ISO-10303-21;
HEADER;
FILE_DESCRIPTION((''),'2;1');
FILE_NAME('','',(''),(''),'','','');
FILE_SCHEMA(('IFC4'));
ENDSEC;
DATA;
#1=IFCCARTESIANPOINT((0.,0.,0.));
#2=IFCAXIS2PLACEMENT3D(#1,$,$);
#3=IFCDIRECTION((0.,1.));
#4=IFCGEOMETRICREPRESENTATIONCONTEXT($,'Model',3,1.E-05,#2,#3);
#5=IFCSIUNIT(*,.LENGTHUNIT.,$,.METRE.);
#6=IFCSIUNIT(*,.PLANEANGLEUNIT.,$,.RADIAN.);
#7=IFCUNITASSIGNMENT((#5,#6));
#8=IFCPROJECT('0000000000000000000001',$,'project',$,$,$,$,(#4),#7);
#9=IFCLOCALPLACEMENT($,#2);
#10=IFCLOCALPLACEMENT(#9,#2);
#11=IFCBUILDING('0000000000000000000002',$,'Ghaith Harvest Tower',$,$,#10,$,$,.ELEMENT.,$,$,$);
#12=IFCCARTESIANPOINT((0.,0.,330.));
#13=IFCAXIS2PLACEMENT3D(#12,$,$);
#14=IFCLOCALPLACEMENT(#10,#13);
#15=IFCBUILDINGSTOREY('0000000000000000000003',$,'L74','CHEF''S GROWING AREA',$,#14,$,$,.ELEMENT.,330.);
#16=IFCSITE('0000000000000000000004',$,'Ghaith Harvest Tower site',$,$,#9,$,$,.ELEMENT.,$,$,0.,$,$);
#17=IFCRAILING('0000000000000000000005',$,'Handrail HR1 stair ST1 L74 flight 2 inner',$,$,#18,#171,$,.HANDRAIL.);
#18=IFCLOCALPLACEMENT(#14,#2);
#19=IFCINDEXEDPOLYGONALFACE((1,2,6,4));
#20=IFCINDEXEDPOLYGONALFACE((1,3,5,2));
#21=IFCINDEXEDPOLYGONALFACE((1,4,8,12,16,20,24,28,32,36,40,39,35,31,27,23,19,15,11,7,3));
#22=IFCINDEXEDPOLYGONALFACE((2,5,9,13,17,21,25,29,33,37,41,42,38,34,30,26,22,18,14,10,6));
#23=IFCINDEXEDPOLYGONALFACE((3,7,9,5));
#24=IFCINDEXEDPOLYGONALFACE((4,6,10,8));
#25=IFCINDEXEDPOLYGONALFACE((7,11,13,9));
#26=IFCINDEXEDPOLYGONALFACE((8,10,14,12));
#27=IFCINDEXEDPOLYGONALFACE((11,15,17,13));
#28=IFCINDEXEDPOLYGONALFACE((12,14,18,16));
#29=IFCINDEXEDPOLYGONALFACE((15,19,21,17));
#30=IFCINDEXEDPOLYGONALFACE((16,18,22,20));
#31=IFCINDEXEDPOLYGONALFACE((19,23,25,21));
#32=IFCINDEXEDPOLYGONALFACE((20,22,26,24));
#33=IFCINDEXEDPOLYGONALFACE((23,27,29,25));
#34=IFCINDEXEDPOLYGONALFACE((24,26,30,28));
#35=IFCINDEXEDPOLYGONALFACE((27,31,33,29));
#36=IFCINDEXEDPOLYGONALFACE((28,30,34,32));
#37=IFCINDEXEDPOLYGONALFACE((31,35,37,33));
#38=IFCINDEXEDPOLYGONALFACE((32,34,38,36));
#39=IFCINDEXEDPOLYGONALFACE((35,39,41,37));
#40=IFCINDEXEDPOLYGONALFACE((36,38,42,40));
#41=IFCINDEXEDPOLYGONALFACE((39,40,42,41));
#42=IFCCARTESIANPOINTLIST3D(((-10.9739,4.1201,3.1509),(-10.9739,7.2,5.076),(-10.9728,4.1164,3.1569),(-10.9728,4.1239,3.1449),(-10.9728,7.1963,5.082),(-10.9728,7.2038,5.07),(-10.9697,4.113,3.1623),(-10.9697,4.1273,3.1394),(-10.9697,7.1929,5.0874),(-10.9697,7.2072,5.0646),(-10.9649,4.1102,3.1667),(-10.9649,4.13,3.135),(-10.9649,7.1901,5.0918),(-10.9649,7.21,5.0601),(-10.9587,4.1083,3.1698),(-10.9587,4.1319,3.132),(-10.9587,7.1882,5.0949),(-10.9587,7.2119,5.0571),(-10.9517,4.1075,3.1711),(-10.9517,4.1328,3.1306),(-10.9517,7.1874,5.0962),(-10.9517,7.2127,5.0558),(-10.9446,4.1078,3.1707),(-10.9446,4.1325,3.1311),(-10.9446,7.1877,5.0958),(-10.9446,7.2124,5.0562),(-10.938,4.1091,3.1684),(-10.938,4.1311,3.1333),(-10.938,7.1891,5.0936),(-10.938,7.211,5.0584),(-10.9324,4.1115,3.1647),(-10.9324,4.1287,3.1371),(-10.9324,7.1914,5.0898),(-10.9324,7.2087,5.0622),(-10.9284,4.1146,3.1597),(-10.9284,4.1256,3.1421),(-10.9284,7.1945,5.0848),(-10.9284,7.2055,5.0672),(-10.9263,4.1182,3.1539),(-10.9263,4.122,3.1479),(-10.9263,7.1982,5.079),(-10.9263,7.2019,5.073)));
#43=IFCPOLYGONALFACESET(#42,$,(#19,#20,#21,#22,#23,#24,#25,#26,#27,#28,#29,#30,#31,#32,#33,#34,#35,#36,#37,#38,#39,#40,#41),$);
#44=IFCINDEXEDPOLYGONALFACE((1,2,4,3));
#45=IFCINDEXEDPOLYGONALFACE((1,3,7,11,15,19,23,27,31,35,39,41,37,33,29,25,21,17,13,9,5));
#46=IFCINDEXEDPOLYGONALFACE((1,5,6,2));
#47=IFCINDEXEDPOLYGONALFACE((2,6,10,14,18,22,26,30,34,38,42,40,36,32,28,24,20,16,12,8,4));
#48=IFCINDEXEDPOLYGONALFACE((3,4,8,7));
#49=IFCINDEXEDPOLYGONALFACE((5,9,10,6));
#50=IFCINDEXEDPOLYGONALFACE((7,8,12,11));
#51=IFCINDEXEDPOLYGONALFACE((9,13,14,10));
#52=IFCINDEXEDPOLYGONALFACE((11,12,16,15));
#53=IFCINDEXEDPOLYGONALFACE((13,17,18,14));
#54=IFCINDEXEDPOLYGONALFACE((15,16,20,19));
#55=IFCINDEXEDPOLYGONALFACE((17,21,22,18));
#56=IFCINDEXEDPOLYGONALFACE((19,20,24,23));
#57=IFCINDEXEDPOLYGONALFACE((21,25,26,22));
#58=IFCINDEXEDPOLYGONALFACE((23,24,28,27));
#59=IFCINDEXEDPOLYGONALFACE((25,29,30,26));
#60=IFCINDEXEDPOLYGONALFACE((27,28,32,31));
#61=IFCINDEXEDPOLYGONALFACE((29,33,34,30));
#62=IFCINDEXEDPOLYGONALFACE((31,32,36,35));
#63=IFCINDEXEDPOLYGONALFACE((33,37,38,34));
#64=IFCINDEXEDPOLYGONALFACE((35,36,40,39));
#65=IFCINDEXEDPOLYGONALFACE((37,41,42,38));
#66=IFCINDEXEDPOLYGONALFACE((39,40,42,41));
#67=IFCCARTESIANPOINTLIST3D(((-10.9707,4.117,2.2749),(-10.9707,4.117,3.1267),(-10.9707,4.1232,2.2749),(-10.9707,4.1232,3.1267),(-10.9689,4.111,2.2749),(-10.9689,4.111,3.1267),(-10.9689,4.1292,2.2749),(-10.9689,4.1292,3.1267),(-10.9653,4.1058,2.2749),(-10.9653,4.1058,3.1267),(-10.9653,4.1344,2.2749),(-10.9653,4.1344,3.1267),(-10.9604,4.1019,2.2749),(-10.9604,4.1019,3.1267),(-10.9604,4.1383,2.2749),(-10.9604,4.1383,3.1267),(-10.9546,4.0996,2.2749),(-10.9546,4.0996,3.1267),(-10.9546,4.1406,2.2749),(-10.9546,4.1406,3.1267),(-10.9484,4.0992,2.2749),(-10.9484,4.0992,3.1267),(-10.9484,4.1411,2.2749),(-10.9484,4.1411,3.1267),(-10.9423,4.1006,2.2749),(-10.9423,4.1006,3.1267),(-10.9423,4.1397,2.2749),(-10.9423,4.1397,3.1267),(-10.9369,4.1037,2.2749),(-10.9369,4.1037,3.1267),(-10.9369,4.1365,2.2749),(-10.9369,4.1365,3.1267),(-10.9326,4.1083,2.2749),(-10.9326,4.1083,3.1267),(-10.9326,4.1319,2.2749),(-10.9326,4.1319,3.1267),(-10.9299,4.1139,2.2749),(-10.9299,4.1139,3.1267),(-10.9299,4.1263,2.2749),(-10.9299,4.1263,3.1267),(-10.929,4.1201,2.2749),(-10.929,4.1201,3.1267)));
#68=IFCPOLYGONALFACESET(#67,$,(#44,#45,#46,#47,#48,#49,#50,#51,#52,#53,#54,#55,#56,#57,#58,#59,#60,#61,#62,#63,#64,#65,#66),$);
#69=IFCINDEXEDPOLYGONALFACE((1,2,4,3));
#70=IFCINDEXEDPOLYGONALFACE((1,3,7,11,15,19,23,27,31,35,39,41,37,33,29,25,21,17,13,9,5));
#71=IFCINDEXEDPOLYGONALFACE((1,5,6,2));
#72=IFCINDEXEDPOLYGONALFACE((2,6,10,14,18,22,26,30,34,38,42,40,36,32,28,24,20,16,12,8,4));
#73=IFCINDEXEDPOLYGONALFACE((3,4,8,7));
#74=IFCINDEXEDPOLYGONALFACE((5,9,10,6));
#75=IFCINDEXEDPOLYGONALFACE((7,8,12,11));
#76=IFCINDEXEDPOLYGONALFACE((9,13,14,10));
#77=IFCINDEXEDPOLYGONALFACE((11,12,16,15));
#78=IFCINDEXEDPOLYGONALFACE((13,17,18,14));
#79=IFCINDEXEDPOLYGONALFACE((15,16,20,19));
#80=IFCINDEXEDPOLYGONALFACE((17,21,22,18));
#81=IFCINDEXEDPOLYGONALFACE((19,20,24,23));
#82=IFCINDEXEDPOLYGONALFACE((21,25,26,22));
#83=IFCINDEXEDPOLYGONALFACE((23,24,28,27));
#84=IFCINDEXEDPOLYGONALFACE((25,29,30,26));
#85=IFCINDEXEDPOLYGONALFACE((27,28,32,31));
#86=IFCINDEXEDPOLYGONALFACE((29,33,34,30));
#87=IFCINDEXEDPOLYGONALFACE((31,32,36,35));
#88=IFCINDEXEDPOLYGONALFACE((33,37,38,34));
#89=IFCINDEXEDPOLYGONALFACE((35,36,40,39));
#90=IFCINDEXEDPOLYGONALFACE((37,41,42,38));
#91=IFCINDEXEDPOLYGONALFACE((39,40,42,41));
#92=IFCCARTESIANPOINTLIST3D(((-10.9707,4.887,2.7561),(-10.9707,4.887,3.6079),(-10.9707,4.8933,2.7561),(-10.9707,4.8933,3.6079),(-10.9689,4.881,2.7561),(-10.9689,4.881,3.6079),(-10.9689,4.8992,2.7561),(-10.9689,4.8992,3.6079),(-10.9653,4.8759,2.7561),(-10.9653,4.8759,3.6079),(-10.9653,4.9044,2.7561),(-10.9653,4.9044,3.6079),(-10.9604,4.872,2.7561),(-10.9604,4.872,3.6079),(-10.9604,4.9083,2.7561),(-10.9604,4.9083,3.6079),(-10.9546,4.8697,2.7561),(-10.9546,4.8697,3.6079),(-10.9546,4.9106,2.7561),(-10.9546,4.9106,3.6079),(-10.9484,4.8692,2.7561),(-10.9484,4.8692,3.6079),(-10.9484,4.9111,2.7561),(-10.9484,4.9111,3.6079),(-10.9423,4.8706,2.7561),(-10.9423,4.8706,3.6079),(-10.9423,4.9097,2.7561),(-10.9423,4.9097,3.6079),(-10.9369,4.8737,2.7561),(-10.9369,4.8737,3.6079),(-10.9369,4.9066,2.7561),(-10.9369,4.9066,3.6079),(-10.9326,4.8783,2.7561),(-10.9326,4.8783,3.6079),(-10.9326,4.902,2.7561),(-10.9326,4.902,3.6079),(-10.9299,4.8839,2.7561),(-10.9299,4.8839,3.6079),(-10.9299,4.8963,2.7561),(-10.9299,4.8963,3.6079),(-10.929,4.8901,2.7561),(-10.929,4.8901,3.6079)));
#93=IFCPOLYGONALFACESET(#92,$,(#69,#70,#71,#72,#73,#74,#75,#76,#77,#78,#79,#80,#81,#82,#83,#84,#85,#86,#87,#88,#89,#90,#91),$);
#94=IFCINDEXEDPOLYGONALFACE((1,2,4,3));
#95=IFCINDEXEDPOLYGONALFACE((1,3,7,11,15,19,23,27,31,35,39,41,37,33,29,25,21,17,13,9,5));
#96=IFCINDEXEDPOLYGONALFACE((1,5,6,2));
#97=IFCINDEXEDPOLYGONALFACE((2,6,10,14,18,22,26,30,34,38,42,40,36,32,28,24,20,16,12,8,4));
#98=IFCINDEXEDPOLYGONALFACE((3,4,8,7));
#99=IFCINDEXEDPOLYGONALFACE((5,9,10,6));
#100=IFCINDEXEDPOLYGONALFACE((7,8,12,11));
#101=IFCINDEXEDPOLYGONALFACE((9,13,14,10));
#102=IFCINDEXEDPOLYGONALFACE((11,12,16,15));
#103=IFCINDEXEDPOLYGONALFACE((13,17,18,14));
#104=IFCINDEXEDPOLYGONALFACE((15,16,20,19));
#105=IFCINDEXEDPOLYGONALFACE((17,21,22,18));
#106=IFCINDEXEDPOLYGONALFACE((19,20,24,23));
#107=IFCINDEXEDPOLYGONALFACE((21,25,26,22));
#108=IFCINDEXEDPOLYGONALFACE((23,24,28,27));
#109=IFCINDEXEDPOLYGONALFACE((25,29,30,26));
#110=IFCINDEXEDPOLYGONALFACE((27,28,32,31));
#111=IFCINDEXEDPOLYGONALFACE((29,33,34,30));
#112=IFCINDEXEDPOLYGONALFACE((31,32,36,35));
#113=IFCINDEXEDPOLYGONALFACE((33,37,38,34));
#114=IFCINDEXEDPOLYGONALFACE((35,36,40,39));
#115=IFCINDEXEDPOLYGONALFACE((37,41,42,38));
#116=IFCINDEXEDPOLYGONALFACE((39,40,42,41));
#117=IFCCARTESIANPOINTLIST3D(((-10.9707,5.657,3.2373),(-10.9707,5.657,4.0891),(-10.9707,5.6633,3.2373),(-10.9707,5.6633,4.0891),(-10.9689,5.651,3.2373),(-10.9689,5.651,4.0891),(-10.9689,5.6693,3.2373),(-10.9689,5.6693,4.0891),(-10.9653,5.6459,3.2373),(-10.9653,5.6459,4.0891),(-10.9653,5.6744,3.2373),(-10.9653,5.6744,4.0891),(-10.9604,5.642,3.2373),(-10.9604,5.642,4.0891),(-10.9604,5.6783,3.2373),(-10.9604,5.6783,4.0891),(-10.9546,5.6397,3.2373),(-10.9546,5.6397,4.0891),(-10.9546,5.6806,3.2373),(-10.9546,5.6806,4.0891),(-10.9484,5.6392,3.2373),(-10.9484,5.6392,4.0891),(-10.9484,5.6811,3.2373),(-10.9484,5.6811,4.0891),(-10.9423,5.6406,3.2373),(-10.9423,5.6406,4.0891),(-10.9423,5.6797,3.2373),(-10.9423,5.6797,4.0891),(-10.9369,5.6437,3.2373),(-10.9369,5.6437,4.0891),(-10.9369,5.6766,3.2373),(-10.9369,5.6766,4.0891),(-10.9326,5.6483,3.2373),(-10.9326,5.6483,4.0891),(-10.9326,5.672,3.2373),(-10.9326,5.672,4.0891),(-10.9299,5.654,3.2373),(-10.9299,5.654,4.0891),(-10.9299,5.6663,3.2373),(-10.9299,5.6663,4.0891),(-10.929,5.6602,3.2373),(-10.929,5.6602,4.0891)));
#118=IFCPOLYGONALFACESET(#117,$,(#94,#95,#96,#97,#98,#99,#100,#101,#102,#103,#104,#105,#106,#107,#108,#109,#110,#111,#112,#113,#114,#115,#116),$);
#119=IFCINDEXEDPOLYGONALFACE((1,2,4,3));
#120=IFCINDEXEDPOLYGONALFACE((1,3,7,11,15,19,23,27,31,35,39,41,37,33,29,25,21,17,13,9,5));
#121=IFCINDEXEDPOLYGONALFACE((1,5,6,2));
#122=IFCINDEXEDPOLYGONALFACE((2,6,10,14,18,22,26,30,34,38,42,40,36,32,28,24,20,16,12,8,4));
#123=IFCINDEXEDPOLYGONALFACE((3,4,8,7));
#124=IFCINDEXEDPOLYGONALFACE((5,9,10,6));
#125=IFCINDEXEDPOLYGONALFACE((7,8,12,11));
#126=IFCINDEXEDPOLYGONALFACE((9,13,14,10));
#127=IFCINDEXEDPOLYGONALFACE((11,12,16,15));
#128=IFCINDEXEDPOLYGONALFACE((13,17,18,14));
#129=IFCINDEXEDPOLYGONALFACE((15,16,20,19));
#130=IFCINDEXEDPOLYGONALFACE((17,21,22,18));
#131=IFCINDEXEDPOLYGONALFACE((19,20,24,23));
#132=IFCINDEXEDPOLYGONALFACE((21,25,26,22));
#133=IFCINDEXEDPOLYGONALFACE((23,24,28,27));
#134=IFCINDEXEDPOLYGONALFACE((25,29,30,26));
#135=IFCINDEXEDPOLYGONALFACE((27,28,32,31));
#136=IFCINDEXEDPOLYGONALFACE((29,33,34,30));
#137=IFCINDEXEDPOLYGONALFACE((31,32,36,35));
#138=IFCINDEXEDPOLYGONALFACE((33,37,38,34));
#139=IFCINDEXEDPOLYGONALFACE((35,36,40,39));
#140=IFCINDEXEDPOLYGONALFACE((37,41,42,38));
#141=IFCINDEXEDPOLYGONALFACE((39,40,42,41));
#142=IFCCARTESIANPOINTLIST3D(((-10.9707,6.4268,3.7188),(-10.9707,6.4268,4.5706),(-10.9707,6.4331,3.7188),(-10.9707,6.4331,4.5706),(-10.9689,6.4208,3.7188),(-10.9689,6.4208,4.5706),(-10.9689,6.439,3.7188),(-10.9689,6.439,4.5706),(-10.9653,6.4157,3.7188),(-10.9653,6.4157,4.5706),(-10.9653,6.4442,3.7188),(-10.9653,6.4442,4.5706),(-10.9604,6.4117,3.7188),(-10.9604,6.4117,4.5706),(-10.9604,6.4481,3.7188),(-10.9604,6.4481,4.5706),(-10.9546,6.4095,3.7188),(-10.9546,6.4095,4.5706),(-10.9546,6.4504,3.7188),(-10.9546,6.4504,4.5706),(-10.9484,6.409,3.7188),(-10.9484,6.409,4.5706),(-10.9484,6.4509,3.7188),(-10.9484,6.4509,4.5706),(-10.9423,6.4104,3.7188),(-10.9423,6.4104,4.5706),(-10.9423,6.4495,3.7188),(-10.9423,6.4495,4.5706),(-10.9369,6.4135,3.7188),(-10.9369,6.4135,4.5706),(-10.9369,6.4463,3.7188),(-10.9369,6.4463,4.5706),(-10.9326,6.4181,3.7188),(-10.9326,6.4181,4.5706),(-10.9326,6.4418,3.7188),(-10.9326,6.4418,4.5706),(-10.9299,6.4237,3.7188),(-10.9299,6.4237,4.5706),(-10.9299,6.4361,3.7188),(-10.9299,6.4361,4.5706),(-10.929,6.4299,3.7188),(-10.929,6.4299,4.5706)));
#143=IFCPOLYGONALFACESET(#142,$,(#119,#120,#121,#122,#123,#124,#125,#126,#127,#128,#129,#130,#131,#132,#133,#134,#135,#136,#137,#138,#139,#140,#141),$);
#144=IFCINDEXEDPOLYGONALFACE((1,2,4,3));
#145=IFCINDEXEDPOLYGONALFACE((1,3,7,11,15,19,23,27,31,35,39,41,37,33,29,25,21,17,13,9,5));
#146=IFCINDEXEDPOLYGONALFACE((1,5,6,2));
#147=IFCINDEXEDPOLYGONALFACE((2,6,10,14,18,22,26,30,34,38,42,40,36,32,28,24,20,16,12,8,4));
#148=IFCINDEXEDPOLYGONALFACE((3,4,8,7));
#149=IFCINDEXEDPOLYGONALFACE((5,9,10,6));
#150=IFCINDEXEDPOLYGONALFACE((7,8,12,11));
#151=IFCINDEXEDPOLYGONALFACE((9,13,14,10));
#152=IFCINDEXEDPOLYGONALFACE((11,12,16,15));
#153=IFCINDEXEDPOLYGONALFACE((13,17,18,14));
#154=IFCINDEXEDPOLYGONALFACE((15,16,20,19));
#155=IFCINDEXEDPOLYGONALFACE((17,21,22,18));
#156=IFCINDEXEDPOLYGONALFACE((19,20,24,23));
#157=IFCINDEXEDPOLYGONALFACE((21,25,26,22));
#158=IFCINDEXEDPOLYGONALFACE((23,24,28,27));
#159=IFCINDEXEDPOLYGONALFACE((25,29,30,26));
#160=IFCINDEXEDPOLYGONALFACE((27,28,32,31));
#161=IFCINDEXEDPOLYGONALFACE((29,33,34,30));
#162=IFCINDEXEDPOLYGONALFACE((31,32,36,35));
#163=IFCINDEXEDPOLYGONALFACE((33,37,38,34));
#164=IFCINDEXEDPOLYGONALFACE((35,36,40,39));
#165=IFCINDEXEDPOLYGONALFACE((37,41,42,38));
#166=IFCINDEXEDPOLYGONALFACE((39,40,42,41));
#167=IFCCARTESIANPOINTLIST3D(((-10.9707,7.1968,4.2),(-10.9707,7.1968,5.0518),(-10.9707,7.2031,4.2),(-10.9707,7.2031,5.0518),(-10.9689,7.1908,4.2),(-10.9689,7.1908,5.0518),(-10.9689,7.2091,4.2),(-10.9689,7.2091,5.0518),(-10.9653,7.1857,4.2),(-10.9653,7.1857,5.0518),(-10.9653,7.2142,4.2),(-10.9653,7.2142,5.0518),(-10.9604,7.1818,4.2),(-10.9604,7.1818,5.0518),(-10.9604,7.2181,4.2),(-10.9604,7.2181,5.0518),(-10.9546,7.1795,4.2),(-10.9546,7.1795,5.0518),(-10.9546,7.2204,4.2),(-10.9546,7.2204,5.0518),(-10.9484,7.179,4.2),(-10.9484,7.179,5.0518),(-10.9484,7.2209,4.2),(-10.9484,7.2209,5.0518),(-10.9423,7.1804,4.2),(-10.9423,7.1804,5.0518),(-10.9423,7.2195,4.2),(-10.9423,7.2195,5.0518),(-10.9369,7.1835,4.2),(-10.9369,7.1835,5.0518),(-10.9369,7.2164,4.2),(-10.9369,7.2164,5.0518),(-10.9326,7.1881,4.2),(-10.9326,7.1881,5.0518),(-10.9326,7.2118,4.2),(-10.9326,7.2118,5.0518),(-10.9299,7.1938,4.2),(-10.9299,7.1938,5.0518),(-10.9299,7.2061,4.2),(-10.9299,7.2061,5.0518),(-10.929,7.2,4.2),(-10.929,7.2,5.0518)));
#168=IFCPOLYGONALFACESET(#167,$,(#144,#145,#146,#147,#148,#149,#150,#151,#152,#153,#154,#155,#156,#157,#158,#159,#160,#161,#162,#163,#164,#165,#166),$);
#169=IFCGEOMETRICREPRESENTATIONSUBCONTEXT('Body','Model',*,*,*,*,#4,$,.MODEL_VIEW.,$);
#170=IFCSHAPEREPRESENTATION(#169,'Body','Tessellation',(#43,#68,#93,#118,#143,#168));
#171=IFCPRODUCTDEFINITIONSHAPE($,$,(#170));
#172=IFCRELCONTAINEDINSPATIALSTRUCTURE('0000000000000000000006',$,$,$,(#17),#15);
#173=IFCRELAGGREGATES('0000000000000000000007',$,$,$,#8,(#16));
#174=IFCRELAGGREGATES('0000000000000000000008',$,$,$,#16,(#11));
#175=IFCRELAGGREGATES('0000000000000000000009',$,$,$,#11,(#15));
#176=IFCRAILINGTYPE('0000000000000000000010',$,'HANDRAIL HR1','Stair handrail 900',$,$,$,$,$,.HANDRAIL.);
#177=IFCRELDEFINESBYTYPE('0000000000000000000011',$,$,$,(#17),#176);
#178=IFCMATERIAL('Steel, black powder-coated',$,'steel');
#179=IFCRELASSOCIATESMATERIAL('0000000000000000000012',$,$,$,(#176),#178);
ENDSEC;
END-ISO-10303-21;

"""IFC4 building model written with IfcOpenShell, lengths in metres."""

from ifc_helpers import new_model, si_unit, direction, frame, origin, origin_2d, place, context, subcontext, project, spatial, circle, extrude, material, type_object, element, save


model = new_model("IFC4")

# Units and contexts
model_context = context("Model", 3, precision=1e-05, world=origin(), true_north=direction((0.0, 1.0)))
body_context = subcontext(model_context, "Body", "Model", "MODEL_VIEW")
ifc_project = project(units=[si_unit("LENGTHUNIT", "METRE"), si_unit("PLANEANGLEUNIT", "RADIAN")], contexts=[model_context])

# Site, building, storey
site_placement = place(None, origin())
site = spatial("IfcSite", under=ifc_project, at=site_placement, Name="Ghaith Harvest Tower site", CompositionType="ELEMENT", RefElevation=0.0)
building_placement = place(site_placement, origin())
building = spatial("IfcBuilding", under=site, at=building_placement, Name="Ghaith Harvest Tower", CompositionType="ELEMENT")
storey_placement = place(building_placement, frame((0.0, 0.0, 330.0)))
storey = spatial("IfcBuildingStorey", under=building, at=storey_placement, Name="L74", Description="CHEF'S GROWING AREA", CompositionType="ELEMENT", Elevation=330.0)

# Railing
ifc_material_1 = material(Name="Steel, black powder-coated", Category="steel")
railing_type = type_object("IfcRailingType", Name="HANDRAIL HR1", Description="Stair handrail 900", PredefinedType="HANDRAIL", material=ifc_material_1)
railing_1_placement = place(storey_placement, frame((-10.95, 4.1201, 2.2749)))
element("IfcRailing", 1, at=railing_1_placement, inside=storey, type_object=railing_type, Name="Handrail HR1 stair ST1 L74 flight 2 inner", PredefinedType="HANDRAIL", context=body_context, shape_type="SweptSolid", body=[
    extrude(circle(Radius=0.0239, at=origin_2d()), frame((0.0, 0.0, 0.876), z_axis=(0.0, 0.847979, 0.530029), x_axis=(-1.0, 0.0, 0.0)), (0.0, 0.0, 1.0), 3.6321),
    extrude(circle(Radius=0.021, at=origin_2d()), origin(), (0.0, 0.0, 1.0), 0.8518),
    extrude(circle(Radius=0.021, at=origin_2d()), frame((0.0, 0.77, 0.4812)), (0.0, 0.0, 1.0), 0.8518),
    extrude(circle(Radius=0.021, at=origin_2d()), frame((0.0, 1.54, 0.9624)), (0.0, 0.0, 1.0), 0.8518),
    extrude(circle(Radius=0.021, at=origin_2d()), frame((0.0, 2.3098, 1.4438)), (0.0, 0.0, 1.0), 0.8518),
    extrude(circle(Radius=0.021, at=origin_2d()), frame((0.0, 3.0798, 1.925)), (0.0, 0.0, 1.0), 0.8518),
])

save(model, "model.ifc")
